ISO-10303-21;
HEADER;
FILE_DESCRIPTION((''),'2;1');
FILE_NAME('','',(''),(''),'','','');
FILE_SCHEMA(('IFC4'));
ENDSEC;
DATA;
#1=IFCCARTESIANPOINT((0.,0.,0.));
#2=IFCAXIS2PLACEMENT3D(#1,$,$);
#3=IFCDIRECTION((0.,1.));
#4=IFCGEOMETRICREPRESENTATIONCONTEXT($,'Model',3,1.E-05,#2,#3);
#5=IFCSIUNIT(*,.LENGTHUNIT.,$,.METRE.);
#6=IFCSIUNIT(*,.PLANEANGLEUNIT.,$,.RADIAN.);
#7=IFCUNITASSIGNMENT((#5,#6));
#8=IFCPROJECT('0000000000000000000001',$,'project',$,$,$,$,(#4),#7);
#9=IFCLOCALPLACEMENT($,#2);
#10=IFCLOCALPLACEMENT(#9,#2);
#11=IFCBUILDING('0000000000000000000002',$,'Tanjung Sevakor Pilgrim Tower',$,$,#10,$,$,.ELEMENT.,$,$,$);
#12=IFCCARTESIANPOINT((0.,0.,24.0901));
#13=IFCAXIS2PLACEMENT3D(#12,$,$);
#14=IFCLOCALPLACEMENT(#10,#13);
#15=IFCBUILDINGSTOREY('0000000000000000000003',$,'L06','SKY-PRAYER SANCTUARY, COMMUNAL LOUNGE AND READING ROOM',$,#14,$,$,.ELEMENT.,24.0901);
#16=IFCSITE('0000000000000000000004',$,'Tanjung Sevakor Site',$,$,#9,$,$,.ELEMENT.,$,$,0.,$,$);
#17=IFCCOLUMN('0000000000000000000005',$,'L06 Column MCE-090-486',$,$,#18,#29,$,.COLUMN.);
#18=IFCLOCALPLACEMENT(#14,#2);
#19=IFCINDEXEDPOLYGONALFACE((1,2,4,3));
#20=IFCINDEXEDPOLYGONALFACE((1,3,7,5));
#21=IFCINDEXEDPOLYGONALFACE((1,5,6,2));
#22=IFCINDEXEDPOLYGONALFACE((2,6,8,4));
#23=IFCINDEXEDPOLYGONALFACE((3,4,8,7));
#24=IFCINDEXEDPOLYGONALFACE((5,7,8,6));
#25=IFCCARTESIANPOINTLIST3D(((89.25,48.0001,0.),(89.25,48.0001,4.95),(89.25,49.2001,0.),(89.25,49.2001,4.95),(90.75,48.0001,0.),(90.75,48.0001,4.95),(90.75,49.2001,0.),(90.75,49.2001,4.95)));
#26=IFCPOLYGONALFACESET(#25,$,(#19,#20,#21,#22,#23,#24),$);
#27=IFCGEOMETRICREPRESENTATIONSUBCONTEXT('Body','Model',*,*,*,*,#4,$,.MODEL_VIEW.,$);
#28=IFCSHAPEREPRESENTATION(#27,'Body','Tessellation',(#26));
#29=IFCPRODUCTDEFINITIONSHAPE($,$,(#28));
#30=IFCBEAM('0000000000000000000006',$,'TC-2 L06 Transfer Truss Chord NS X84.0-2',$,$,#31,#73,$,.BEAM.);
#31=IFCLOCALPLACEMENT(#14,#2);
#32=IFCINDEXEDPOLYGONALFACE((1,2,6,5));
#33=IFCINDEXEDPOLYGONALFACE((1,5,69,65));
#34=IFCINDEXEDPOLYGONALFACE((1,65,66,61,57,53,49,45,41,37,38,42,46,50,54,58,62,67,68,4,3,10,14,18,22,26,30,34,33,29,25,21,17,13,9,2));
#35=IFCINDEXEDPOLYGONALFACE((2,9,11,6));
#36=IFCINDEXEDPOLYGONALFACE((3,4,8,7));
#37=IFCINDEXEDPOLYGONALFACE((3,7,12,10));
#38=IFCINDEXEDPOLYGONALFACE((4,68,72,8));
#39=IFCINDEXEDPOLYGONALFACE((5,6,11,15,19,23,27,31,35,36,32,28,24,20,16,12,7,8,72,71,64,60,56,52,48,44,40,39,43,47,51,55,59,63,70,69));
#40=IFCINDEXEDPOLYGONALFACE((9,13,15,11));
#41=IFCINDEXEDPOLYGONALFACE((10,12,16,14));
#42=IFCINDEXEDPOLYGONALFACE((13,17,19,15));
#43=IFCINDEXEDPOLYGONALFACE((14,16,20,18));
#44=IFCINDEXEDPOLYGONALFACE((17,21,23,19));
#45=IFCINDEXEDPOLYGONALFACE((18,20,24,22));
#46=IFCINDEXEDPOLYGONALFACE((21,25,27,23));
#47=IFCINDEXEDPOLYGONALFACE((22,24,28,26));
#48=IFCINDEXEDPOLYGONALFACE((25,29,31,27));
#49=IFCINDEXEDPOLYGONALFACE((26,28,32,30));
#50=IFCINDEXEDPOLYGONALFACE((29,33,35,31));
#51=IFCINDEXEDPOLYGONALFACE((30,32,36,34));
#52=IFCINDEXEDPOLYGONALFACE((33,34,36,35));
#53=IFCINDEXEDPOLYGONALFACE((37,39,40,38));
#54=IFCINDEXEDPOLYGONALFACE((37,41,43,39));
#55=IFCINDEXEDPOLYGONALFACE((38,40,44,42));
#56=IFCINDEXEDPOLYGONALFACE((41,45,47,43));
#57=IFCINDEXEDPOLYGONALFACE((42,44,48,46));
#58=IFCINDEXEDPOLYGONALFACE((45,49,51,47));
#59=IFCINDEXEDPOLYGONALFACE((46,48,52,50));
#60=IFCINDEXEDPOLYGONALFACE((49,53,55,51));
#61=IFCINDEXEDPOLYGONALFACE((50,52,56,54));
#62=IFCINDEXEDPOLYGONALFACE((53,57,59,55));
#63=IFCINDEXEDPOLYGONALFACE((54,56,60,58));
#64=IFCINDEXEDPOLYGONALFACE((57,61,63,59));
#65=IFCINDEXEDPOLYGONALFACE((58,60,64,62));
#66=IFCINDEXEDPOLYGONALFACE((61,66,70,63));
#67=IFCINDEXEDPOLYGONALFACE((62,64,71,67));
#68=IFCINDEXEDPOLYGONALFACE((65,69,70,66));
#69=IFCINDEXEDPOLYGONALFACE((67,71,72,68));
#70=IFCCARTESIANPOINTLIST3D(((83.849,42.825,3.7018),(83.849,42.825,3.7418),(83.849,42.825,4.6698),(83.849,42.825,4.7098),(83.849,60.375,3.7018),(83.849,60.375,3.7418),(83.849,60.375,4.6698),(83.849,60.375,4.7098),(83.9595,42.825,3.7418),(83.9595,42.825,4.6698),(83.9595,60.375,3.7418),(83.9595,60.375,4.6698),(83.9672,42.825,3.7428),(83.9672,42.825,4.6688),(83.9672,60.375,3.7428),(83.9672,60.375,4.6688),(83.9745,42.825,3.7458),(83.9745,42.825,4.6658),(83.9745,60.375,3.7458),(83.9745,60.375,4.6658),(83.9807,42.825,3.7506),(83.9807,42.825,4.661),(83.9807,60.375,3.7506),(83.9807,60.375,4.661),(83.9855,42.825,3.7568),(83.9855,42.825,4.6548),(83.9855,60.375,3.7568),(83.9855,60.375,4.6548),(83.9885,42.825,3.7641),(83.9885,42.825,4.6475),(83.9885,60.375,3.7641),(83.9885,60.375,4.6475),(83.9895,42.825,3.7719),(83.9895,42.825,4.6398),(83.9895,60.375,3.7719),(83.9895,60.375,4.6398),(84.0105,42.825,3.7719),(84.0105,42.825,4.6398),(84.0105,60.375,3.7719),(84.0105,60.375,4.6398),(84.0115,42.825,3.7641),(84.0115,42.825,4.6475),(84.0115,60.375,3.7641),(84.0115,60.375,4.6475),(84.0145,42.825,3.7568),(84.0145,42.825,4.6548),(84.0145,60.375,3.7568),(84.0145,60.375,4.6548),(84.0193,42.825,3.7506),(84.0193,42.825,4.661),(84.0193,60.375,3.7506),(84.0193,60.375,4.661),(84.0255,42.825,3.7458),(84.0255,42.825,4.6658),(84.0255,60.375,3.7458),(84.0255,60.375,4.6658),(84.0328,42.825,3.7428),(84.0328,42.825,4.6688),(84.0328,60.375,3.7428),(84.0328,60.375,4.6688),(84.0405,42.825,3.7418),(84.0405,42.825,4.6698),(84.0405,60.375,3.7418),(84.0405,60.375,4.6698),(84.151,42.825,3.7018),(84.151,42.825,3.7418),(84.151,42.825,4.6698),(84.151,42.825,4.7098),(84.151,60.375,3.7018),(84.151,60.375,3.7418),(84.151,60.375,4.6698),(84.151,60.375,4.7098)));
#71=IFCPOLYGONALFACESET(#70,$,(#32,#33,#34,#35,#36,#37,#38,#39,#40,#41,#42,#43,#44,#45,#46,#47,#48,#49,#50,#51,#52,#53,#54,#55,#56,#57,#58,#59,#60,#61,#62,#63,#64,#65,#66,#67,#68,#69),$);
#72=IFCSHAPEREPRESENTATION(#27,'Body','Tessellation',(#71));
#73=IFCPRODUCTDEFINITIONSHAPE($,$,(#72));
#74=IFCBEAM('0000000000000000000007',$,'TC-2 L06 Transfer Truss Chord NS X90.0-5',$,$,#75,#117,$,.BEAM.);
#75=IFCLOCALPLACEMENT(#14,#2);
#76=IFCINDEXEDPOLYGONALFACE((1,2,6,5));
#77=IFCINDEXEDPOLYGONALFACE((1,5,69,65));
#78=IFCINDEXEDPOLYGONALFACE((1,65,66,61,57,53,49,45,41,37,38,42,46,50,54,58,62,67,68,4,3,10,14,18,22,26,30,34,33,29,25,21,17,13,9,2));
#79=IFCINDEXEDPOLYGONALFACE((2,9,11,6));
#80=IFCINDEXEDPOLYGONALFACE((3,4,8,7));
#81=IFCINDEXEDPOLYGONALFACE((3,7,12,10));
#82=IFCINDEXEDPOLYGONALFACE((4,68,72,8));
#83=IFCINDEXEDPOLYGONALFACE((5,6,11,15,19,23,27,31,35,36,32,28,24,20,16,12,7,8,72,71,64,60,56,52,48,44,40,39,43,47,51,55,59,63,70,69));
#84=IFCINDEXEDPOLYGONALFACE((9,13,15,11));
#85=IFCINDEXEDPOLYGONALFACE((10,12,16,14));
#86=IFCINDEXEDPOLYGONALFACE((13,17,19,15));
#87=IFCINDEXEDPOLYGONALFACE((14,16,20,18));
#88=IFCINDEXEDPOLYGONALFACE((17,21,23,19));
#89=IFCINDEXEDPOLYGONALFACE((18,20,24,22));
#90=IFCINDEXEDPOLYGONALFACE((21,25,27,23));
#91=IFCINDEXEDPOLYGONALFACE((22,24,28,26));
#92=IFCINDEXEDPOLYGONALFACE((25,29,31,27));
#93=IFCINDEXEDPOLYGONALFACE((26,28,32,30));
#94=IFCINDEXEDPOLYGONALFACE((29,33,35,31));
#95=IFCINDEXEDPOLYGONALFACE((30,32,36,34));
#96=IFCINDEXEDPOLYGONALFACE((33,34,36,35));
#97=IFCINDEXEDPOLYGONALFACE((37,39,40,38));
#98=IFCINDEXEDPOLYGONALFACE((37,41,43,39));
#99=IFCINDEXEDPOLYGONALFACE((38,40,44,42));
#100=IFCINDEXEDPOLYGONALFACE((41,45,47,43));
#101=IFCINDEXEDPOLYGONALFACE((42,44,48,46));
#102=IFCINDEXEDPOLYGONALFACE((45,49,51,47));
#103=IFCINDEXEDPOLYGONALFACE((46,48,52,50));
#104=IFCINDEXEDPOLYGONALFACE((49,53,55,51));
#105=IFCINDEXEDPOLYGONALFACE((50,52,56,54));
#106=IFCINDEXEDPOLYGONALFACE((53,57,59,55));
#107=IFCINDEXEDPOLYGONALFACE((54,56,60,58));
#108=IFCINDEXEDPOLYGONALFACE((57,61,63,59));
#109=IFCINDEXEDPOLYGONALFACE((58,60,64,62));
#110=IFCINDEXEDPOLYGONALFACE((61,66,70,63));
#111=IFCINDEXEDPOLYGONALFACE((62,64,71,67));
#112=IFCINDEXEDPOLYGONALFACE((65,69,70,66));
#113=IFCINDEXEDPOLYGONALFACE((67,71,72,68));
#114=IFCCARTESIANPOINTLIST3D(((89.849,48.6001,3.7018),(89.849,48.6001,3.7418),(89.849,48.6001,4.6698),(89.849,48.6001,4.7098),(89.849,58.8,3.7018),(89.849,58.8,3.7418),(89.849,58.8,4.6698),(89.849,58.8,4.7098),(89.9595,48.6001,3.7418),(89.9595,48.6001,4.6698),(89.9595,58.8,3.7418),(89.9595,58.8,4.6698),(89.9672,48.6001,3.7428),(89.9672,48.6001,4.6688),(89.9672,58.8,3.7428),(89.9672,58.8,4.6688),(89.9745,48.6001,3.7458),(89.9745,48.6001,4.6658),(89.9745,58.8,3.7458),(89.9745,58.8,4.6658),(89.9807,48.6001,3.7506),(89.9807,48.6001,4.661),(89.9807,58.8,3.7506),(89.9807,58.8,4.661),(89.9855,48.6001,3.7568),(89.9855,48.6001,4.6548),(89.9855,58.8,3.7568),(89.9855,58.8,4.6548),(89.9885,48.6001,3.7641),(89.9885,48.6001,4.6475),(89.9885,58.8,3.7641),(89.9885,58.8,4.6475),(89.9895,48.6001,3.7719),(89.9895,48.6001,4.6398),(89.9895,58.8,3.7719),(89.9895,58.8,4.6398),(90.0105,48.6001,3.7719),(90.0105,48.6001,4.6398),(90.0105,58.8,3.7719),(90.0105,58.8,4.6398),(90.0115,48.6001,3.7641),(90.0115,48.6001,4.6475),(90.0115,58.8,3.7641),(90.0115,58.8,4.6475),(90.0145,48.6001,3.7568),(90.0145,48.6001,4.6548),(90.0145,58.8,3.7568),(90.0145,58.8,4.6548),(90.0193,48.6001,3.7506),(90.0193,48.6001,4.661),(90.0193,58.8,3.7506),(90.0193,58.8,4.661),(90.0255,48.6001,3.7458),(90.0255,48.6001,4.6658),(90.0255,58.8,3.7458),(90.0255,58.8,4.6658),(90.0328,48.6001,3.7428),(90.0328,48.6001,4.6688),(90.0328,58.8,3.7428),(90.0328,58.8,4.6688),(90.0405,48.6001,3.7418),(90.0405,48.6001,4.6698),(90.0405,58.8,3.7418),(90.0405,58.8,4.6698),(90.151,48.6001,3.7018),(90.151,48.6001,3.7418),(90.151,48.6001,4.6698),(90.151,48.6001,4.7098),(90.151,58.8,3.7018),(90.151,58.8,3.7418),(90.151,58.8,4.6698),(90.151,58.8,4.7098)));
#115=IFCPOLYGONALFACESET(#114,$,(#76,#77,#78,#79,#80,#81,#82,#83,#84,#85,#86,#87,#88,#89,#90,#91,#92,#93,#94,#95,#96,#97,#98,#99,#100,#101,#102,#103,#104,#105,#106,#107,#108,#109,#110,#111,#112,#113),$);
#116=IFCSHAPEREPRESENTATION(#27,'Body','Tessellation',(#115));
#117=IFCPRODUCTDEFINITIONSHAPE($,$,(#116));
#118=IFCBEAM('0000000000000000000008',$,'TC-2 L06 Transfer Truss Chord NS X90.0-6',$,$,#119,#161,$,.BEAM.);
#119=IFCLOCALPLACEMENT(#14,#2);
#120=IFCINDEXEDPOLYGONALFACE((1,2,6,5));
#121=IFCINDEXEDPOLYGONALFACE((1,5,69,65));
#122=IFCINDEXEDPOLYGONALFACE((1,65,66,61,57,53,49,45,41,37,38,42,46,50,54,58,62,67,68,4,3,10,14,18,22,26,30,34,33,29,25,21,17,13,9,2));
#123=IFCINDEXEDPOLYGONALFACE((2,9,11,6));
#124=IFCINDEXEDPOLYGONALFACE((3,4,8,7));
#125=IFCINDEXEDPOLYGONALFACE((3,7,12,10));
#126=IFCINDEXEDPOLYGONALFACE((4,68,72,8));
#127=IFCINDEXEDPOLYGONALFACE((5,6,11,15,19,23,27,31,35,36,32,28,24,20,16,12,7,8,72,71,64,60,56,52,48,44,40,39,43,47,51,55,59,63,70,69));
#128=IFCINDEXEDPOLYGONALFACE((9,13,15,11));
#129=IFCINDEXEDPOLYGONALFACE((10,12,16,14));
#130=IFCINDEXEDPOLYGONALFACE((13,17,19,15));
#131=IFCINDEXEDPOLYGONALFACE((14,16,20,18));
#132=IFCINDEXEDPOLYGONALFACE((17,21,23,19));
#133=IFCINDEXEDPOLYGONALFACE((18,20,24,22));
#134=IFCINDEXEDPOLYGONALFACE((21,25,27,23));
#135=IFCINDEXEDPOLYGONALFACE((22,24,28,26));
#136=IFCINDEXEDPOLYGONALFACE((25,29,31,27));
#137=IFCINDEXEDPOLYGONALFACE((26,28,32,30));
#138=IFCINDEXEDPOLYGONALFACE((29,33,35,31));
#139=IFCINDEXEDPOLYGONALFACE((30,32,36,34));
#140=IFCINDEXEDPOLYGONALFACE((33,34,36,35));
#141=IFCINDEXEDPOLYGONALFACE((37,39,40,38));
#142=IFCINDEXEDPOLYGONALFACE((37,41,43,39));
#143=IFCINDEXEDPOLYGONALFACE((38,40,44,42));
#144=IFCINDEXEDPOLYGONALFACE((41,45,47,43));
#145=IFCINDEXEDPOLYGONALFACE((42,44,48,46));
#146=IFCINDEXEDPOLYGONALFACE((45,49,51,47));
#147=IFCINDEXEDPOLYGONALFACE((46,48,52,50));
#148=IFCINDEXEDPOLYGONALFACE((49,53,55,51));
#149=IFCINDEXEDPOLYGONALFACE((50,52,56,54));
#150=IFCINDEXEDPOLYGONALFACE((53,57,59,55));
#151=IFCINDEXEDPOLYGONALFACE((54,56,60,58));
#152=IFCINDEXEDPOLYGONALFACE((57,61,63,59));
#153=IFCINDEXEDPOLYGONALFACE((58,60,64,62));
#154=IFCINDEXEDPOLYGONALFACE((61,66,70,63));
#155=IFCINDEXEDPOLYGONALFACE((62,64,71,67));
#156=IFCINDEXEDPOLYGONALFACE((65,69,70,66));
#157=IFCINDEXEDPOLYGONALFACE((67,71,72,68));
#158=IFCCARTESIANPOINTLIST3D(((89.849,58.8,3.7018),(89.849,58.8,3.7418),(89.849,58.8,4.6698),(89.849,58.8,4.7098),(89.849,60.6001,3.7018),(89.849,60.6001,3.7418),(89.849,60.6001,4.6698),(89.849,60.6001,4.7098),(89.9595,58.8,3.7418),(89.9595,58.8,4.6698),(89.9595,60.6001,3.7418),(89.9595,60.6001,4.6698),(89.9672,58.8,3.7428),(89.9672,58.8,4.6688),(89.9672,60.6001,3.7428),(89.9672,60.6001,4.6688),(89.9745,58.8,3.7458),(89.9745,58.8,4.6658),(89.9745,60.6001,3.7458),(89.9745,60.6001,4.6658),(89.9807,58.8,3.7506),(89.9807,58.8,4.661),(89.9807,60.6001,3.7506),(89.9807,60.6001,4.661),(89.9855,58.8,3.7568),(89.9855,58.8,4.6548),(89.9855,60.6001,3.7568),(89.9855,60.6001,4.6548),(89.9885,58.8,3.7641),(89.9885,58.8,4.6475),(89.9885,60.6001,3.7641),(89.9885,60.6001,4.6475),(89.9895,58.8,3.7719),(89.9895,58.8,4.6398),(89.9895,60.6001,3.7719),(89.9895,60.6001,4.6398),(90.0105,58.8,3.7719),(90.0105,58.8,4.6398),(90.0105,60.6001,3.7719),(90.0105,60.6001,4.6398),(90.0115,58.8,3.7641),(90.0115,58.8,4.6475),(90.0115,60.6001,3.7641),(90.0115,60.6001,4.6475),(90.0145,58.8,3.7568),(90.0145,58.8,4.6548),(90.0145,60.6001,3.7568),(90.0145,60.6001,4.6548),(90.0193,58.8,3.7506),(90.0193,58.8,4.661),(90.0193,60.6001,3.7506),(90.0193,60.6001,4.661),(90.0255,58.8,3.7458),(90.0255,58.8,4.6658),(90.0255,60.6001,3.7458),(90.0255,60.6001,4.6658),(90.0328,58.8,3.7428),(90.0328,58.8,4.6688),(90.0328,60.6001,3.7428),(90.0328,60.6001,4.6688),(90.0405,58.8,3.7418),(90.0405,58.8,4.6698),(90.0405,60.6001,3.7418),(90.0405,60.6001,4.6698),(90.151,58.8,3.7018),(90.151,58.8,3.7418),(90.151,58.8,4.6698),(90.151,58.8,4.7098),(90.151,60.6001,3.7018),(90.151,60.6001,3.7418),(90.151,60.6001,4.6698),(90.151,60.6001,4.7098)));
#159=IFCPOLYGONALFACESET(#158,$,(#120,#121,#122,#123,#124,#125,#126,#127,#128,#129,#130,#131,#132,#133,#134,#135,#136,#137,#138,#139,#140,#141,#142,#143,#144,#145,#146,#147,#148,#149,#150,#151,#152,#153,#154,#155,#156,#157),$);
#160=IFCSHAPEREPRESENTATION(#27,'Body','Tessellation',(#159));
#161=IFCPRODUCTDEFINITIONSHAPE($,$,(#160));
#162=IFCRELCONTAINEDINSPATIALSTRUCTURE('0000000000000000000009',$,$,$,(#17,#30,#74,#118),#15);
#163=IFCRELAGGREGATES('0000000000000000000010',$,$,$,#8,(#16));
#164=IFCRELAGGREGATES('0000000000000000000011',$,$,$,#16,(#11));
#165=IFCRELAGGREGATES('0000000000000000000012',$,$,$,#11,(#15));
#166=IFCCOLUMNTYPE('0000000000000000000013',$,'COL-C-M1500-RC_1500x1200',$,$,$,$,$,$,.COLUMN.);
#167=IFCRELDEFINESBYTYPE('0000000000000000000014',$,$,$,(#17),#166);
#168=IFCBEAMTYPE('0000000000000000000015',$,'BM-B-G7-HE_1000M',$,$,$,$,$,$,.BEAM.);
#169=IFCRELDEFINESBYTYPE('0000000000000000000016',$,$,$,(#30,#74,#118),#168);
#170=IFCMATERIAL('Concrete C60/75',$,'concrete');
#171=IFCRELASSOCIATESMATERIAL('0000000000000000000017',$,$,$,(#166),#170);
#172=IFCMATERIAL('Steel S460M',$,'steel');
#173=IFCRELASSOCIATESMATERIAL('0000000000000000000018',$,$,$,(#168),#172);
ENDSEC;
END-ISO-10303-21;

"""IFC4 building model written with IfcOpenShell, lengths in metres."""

from ifc_helpers import new_model, si_unit, direction, frame, origin, origin_2d, place, context, subcontext, project, spatial, rectangle, i_section, extrude, material, material_profile, profile_set, type_object, element, save


model = new_model("IFC4")

# Units and contexts
model_context = context("Model", 3, precision=1e-05, world=origin(), true_north=direction((0.0, 1.0)))
body_context = subcontext(model_context, "Body", "Model", "MODEL_VIEW")
ifc_project = project(units=[si_unit("LENGTHUNIT", "METRE"), si_unit("PLANEANGLEUNIT", "RADIAN")], contexts=[model_context])

# Site, building, storey
site_placement = place(None, origin())
site = spatial("IfcSite", under=ifc_project, at=site_placement, Name="Tanjung Sevakor Site", CompositionType="ELEMENT", RefElevation=0.0)
building_placement = place(site_placement, origin())
building = spatial("IfcBuilding", under=site, at=building_placement, Name="Tanjung Sevakor Pilgrim Tower", CompositionType="ELEMENT")
storey_placement = place(building_placement, frame((0.0, 0.0, 24.0901)))
storey = spatial("IfcBuildingStorey", under=building, at=storey_placement, Name="L06", Description="SKY-PRAYER SANCTUARY, COMMUNAL LOUNGE AND READING ROOM", CompositionType="ELEMENT", Elevation=24.0901)

# Column
ifc_material_1 = material(Name="Concrete C60/75", Category="concrete")
ifc_material_profile_1 = material_profile(ifc_material_1, rectangle(XDim=1.5, YDim=1.2, at=origin_2d()))
ifc_profile_set_1 = profile_set([ifc_material_profile_1], Name="Concrete C60/75")
column_type = type_object("IfcColumnType", Name="COL-C-M1500-RC_1500x1200", PredefinedType="COLUMN", material=ifc_profile_set_1)
column_placement = place(storey_placement, frame((90.0, 48.6001, 0.0), z_axis=(0.0, 0.0, 1.0), x_axis=(1.0, 0.0, 0.0)))
element("IfcColumn", 1, at=column_placement, inside=storey, type_object=column_type, Name="L06 Column MCE-090-486", PredefinedType="COLUMN", context=body_context, shape_type="SweptSolid", body=[
    extrude(rectangle(XDim=1.5, YDim=1.2, at=origin_2d()), origin(), (0.0, 0.0, 1.0), 4.95),
])

# Beams
ifc_material_2 = material(Name="Steel S460M", Category="steel")
ifc_material_profile_2 = material_profile(ifc_material_2, i_section(OverallWidth=0.302, OverallDepth=1.0081, WebThickness=0.021, FlangeThickness=0.04, FilletRadius=0.03, at=origin_2d()))
ifc_profile_set_2 = profile_set([ifc_material_profile_2], Name="Steel S460M")
beam_type_1 = type_object("IfcBeamType", Name="BM-B-G7-HE_1000M", PredefinedType="BEAM", material=ifc_profile_set_2)
beam_1_placement = place(storey_placement, frame((84.0, 42.825, 4.2058), z_axis=(0.0, 1.0, 0.0), x_axis=(-1.0, 0.0, 0.0)))
element("IfcBeam", 2, at=beam_1_placement, inside=storey, type_object=beam_type_1, Name="TC-2 L06 Transfer Truss Chord NS X84.0-2", PredefinedType="BEAM", context=body_context, shape_type="SweptSolid", body=[
    extrude(i_section(OverallWidth=0.302, OverallDepth=1.0081, WebThickness=0.021, FlangeThickness=0.04, FilletRadius=0.03, at=origin_2d()), origin(), (0.0, 0.0, 1.0), 17.55),
])
beam_2_placement = place(storey_placement, frame((90.0, 48.6001, 4.2058), z_axis=(0.0, 1.0, 0.0), x_axis=(-1.0, 0.0, 0.0)))
element("IfcBeam", 3, at=beam_2_placement, inside=storey, type_object=beam_type_1, Name="TC-2 L06 Transfer Truss Chord NS X90.0-5", PredefinedType="BEAM", context=body_context, shape_type="SweptSolid", body=[
    extrude(i_section(OverallWidth=0.302, OverallDepth=1.0081, WebThickness=0.021, FlangeThickness=0.04, FilletRadius=0.03, at=origin_2d()), origin(), (0.0, 0.0, 1.0), 10.2),
])
beam_3_placement = place(storey_placement, frame((90.0, 58.8, 4.2058), z_axis=(0.0, 1.0, 0.0), x_axis=(-1.0, 0.0, 0.0)))
element("IfcBeam", 4, at=beam_3_placement, inside=storey, type_object=beam_type_1, Name="TC-2 L06 Transfer Truss Chord NS X90.0-6", PredefinedType="BEAM", context=body_context, shape_type="SweptSolid", body=[
    extrude(i_section(OverallWidth=0.302, OverallDepth=1.0081, WebThickness=0.021, FlangeThickness=0.04, FilletRadius=0.03, at=origin_2d()), origin(), (0.0, 0.0, 1.0), 1.8),
])

save(model, "model.ifc")
